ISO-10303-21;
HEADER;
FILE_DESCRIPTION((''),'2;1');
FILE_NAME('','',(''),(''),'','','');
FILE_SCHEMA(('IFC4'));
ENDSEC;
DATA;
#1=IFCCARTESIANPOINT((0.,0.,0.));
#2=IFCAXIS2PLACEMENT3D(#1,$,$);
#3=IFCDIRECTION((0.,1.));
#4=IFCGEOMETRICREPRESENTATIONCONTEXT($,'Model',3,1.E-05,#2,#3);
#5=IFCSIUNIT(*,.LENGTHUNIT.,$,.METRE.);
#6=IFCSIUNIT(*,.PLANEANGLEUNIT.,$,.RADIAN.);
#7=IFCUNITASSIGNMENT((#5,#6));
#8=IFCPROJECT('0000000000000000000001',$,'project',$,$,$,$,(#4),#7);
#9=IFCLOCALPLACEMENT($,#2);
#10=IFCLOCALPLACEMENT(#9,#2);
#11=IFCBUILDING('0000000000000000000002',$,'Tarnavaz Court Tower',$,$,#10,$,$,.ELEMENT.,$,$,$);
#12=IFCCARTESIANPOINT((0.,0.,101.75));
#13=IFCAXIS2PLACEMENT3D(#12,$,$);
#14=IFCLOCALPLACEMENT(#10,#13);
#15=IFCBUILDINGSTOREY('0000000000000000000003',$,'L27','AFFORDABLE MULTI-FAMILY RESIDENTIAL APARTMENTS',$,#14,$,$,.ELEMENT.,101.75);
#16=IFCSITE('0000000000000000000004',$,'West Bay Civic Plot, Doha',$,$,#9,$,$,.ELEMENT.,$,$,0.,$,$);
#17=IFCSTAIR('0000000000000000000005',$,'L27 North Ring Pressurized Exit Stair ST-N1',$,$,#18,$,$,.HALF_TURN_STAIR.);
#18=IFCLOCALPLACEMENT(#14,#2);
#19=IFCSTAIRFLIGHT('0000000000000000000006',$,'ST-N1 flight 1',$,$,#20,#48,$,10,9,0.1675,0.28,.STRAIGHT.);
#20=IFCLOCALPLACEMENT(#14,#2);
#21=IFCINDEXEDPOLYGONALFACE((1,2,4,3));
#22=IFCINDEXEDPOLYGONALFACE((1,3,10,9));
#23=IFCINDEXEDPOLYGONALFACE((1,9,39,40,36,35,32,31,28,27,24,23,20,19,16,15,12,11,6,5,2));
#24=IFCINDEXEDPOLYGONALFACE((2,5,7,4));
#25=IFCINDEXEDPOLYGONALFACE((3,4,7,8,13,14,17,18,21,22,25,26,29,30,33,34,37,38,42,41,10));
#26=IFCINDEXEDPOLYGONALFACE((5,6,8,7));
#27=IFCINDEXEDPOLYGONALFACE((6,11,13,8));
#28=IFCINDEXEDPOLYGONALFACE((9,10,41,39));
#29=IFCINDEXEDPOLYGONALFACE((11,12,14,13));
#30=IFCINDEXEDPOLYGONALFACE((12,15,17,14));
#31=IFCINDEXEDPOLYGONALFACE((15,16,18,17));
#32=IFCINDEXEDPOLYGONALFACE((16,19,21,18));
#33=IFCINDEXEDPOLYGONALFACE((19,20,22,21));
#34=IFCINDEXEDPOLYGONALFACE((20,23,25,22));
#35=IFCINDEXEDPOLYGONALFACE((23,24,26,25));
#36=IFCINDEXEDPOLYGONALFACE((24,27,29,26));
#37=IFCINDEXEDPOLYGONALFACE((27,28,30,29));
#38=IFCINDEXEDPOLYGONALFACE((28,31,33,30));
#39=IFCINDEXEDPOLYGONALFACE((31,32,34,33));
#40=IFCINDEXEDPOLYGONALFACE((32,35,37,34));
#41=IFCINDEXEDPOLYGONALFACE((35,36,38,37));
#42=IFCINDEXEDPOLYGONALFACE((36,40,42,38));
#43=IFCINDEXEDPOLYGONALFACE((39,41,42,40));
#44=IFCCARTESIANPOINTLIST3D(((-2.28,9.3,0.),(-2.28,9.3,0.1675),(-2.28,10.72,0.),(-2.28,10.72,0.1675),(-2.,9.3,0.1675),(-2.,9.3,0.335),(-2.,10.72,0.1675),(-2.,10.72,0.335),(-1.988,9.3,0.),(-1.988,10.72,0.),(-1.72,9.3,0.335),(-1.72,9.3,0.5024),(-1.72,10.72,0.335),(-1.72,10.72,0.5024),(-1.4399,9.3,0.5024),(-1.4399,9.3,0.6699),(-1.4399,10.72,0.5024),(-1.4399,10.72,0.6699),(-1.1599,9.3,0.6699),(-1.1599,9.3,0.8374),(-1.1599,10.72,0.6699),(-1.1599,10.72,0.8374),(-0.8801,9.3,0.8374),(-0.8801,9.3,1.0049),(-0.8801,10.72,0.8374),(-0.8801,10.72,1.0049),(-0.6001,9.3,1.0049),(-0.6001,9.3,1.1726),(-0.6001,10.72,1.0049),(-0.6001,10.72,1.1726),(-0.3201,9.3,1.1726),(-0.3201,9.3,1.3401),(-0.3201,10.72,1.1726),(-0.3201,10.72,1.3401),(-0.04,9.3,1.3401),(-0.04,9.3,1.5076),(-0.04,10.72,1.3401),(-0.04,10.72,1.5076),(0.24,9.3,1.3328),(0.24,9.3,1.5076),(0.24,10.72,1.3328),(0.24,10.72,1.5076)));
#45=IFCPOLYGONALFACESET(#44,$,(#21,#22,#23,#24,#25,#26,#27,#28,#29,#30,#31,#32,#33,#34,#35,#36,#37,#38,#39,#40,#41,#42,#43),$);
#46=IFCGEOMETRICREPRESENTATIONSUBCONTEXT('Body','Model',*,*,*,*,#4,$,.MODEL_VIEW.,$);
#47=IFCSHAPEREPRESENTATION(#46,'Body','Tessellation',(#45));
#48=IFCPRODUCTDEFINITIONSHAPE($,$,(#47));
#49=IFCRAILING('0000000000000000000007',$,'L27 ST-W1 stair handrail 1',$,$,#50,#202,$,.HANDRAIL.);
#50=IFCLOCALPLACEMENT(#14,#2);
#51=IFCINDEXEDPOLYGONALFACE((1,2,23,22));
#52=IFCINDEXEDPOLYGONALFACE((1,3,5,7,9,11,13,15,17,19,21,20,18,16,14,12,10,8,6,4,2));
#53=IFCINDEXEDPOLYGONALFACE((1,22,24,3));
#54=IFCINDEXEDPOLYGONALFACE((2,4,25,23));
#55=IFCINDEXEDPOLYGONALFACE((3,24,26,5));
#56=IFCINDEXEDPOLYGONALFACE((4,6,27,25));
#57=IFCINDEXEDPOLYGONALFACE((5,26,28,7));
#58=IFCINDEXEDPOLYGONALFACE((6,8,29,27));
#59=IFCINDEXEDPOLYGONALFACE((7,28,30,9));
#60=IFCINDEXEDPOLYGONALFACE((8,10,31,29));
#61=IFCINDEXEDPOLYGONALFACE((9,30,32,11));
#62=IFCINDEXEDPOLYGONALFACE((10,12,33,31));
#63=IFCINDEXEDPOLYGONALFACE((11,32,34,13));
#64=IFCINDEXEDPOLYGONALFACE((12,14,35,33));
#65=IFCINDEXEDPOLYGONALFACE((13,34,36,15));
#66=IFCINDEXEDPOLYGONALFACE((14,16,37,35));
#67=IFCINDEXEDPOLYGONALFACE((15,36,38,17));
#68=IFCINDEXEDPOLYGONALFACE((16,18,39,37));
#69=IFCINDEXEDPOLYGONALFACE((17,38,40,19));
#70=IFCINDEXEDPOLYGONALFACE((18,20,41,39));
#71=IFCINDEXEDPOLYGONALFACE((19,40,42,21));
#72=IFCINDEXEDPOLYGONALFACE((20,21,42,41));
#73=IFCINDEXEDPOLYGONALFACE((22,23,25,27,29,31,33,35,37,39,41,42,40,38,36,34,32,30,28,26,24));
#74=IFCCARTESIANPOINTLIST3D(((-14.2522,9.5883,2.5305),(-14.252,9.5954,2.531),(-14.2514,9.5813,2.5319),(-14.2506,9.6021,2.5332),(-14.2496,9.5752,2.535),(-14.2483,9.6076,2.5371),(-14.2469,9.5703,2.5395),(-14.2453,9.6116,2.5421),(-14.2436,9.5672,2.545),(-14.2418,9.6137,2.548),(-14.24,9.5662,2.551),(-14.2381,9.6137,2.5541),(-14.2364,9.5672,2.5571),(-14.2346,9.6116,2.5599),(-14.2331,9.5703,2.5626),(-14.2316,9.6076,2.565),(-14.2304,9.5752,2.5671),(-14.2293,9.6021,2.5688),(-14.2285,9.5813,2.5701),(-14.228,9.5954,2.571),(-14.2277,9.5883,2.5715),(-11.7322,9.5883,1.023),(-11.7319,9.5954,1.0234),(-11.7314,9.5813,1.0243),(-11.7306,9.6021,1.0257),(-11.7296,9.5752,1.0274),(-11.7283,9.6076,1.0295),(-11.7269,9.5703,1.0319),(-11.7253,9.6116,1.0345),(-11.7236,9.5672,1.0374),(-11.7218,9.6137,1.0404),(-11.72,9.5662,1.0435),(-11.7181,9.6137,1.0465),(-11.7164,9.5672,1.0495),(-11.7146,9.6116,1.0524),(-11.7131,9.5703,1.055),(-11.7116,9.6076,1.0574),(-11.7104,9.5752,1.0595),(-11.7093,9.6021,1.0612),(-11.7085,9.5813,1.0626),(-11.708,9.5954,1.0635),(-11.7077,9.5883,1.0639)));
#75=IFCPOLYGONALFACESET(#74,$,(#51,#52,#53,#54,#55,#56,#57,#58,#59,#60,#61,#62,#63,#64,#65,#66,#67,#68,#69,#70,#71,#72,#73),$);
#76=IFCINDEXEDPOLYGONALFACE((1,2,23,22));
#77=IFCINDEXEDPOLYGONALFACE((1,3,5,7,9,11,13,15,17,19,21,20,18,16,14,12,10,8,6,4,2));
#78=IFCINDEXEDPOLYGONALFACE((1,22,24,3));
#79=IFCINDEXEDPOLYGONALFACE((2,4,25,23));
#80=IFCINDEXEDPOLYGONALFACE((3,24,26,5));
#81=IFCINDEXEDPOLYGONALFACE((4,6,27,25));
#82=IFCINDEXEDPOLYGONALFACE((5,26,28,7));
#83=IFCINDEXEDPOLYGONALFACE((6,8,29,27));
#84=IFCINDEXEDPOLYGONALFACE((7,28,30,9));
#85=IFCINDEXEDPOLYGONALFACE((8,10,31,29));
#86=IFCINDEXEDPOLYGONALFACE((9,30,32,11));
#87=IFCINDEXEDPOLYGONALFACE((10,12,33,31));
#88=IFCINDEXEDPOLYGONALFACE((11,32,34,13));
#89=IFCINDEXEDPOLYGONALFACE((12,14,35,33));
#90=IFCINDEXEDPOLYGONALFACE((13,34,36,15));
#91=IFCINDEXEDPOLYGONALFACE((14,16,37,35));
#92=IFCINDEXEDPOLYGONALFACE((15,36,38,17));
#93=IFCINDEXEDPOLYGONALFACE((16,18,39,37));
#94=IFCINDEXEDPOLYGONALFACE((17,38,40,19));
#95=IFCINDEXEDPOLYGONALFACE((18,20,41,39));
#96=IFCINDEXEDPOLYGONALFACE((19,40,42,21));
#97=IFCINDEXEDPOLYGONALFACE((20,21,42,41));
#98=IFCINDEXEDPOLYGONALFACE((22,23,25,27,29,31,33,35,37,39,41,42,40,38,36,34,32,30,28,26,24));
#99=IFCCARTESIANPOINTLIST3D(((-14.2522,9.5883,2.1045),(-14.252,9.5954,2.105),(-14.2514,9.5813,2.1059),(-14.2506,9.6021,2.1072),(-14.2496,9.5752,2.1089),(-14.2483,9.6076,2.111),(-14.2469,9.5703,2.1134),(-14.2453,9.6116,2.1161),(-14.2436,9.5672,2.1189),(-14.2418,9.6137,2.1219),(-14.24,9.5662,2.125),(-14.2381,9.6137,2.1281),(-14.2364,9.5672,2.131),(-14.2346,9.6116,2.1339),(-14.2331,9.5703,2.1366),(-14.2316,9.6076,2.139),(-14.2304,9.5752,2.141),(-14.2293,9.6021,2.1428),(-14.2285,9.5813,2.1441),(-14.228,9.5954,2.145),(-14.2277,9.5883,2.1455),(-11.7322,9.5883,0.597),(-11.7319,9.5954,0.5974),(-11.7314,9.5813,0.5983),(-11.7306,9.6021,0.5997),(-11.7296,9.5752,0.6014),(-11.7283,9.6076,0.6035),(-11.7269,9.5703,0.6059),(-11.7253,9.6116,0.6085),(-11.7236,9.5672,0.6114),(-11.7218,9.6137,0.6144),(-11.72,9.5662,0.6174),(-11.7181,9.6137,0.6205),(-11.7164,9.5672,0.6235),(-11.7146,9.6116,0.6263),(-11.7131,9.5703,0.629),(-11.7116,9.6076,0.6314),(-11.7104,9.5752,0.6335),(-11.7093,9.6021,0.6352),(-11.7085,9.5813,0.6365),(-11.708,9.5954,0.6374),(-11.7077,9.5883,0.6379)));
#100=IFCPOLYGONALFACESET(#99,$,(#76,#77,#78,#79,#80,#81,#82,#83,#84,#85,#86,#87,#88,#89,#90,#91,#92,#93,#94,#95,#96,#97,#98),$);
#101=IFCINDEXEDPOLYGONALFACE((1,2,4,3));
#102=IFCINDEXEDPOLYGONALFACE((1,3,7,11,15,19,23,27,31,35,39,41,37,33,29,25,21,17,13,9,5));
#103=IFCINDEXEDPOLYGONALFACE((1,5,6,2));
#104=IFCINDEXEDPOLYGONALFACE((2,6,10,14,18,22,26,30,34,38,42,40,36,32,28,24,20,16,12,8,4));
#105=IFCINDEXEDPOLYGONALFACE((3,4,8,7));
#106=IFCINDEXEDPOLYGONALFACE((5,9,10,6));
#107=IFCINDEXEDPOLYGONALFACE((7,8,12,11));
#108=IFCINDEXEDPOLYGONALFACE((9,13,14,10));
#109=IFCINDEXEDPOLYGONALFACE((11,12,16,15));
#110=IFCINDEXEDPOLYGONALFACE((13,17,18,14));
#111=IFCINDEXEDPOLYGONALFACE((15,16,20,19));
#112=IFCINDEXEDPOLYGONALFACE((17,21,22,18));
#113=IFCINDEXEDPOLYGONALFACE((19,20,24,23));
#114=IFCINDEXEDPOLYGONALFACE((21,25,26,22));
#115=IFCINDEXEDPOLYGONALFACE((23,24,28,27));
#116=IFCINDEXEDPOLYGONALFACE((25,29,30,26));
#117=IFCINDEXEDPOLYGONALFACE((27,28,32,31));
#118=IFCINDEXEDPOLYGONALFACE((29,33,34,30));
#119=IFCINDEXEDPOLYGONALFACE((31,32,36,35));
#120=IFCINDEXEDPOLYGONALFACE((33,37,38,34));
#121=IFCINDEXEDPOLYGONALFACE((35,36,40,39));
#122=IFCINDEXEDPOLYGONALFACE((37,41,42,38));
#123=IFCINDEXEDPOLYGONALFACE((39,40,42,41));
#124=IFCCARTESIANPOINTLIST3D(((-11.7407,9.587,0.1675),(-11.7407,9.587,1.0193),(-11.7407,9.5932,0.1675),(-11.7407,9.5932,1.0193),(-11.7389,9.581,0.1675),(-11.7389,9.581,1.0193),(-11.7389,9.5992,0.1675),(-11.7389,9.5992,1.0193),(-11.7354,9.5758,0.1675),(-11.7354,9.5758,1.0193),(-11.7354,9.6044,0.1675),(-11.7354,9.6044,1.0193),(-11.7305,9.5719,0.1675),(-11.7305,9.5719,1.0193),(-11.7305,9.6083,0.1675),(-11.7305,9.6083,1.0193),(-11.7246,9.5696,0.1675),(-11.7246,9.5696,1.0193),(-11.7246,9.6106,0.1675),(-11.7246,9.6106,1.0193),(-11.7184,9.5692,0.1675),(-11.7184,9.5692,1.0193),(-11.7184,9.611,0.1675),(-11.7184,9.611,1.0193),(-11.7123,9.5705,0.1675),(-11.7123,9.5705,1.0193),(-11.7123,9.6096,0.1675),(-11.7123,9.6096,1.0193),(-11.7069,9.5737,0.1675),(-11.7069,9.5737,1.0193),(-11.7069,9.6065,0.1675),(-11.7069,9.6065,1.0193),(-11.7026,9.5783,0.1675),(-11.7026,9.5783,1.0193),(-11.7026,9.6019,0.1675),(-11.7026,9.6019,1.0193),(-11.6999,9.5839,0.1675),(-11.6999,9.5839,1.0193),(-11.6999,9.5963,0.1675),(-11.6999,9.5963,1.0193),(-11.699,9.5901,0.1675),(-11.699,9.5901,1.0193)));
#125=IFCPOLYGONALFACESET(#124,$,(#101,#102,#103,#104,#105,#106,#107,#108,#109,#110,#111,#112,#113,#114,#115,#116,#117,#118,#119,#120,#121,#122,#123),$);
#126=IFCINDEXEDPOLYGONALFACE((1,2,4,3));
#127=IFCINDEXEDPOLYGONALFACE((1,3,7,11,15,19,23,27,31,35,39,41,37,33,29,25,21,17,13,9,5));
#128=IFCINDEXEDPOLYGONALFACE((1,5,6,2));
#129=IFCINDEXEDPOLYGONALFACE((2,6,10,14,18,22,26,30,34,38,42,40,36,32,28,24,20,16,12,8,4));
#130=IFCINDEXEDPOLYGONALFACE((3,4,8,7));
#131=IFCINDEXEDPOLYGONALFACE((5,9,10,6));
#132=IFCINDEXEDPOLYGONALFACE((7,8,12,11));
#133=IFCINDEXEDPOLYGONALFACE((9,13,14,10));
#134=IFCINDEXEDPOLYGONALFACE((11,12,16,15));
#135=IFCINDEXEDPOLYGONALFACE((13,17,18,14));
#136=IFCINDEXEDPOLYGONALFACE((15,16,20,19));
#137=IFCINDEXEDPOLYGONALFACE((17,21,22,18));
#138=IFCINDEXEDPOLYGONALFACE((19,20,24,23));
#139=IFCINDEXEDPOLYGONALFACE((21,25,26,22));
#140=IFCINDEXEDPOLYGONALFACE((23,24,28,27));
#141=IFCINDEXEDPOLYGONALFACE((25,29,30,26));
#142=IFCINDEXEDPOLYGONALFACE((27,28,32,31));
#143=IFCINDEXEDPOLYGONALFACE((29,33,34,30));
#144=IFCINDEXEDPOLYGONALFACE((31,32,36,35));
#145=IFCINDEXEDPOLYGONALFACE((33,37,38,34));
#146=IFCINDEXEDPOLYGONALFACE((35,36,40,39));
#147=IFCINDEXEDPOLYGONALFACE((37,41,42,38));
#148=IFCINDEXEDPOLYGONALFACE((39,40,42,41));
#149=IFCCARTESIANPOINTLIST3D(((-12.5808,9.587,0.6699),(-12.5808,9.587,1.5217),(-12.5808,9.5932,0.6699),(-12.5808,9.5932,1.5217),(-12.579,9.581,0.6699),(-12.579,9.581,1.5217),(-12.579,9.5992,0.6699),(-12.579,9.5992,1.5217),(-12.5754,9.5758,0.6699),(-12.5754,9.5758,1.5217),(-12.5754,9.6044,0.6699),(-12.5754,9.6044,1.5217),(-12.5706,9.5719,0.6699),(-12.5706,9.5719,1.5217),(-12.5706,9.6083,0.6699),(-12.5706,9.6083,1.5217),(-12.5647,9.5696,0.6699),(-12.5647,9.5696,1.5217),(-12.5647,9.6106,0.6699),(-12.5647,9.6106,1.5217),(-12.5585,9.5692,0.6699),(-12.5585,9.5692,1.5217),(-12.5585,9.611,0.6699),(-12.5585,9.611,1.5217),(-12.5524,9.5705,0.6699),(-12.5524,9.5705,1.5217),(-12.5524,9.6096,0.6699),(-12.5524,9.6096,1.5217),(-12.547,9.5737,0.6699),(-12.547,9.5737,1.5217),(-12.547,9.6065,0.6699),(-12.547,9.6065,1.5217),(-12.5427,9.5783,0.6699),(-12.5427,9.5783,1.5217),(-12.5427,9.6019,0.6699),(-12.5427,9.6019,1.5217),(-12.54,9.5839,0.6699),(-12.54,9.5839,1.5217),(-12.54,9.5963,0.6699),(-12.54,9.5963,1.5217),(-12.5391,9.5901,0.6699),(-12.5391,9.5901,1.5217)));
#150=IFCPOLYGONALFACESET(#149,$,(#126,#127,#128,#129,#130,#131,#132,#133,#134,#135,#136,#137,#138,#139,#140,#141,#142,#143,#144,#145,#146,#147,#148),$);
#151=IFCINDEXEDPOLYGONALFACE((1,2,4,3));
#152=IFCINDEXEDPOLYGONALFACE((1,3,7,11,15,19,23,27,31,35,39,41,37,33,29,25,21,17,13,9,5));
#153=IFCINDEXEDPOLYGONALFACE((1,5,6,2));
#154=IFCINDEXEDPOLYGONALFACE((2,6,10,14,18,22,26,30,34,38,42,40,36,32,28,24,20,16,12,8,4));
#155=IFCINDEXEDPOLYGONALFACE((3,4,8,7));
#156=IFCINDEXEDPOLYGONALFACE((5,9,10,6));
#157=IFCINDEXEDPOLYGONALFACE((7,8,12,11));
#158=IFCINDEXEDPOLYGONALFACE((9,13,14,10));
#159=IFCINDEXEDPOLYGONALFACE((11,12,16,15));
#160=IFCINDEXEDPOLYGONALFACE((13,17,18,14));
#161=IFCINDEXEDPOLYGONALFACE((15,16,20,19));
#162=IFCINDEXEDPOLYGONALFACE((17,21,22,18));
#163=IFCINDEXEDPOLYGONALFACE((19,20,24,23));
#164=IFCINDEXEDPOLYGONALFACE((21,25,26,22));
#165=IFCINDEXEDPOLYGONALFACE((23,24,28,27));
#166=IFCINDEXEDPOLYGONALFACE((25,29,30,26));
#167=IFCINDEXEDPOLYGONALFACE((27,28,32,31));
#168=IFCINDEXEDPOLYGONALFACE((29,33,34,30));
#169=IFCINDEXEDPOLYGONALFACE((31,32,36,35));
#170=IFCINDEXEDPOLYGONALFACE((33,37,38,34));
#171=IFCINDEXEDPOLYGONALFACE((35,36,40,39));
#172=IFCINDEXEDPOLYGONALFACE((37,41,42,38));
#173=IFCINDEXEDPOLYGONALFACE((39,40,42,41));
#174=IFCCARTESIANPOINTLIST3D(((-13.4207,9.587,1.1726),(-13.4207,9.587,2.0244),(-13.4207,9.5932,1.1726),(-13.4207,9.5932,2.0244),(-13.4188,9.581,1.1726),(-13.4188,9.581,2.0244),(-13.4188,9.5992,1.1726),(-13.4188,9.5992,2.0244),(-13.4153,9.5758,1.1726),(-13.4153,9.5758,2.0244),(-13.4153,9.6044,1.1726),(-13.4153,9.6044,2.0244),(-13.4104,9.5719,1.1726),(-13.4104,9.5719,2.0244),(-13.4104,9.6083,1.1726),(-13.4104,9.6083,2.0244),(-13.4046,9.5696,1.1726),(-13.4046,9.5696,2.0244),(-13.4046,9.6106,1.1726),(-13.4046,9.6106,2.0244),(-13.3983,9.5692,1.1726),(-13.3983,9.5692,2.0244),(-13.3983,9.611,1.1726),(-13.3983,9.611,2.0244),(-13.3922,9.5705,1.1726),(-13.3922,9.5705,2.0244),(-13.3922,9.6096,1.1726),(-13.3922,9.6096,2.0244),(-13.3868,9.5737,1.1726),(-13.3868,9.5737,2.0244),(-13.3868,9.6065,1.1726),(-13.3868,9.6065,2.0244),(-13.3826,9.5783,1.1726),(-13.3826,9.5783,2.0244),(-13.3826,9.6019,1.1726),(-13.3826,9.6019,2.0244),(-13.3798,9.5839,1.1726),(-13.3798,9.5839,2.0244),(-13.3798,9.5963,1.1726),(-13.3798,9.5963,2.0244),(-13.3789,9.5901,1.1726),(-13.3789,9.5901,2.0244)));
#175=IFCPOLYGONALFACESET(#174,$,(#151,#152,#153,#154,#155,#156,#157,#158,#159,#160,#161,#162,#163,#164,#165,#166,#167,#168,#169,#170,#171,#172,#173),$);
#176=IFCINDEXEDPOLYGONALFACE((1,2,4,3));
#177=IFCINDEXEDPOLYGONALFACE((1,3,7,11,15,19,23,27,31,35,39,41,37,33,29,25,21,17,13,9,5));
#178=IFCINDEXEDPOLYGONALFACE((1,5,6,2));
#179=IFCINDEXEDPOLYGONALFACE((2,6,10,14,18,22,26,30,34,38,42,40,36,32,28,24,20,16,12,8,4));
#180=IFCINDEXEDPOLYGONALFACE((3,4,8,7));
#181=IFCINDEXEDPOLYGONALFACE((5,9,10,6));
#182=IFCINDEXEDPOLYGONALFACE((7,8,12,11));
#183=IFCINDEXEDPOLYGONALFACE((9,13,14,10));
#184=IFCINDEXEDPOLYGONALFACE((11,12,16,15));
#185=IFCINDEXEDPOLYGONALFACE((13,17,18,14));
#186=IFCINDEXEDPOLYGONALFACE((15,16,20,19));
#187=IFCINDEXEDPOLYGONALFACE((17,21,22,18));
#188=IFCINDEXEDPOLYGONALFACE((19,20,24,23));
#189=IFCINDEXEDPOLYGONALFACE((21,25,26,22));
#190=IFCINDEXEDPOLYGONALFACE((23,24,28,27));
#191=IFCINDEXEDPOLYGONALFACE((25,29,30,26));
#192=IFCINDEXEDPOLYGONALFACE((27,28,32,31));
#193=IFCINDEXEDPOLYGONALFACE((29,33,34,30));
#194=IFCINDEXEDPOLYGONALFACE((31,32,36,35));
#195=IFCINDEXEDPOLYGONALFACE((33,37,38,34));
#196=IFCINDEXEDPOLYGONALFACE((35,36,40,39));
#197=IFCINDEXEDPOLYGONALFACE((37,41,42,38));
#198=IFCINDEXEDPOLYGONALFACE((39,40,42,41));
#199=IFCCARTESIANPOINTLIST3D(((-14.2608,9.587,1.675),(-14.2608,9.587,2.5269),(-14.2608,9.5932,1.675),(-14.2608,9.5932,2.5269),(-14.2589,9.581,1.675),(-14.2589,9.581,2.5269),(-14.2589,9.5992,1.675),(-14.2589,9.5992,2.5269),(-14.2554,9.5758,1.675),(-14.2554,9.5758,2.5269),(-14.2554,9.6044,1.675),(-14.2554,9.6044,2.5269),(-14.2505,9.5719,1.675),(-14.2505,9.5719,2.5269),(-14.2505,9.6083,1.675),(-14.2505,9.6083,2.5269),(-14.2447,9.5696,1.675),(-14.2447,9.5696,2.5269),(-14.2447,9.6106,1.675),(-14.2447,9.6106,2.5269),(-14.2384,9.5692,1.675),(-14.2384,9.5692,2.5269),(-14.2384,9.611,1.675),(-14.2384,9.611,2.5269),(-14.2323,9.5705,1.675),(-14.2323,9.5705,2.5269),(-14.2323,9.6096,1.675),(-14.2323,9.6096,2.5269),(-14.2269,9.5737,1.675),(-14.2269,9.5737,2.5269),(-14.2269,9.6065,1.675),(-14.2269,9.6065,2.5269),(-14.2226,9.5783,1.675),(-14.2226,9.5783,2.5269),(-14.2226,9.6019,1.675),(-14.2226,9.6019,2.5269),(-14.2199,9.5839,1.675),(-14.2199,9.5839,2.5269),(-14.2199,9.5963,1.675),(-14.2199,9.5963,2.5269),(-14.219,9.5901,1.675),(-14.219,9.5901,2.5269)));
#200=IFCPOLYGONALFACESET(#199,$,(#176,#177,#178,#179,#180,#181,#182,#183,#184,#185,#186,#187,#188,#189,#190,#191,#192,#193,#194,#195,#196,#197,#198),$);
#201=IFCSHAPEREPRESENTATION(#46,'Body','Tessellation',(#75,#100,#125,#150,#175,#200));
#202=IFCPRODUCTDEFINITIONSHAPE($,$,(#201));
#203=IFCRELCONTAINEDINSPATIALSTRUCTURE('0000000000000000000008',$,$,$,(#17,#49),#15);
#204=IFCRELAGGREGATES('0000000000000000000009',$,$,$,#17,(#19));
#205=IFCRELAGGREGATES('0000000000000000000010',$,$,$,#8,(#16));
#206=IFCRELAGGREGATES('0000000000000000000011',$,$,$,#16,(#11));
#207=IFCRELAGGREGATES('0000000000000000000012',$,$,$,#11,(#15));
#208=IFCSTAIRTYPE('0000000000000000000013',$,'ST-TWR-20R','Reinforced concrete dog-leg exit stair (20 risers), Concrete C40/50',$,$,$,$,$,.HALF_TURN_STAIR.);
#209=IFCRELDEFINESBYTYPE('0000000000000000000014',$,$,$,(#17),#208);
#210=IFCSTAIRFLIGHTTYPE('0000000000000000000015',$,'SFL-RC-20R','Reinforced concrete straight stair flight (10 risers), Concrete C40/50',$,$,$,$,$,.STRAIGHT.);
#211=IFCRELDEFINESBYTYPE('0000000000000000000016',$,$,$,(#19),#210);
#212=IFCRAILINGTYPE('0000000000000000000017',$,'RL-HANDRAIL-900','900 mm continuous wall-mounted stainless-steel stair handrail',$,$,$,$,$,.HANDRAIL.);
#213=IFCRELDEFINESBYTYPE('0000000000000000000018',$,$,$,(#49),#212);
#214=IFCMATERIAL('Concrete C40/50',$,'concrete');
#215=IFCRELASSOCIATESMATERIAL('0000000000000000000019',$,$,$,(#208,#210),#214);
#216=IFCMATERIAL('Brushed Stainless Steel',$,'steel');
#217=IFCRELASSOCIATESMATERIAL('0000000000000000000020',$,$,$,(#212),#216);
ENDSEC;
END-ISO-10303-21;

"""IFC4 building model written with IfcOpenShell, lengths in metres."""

from ifc_helpers import new_model, si_unit, direction, frame, origin, origin_2d, place, context, subcontext, project, spatial, polyline, circle, outline, extrude, material, type_object, element, aggregate, save


model = new_model("IFC4")

# Units and contexts
model_context = context("Model", 3, precision=1e-05, world=origin(), true_north=direction((0.0, 1.0)))
body_context = subcontext(model_context, "Body", "Model", "MODEL_VIEW")
ifc_project = project(units=[si_unit("LENGTHUNIT", "METRE"), si_unit("PLANEANGLEUNIT", "RADIAN")], contexts=[model_context])

# Site, building, storey
site_placement = place(None, origin())
site = spatial("IfcSite", under=ifc_project, at=site_placement, Name="West Bay Civic Plot, Doha", CompositionType="ELEMENT", RefElevation=0.0)
building_placement = place(site_placement, origin())
building = spatial("IfcBuilding", under=site, at=building_placement, Name="Tarnavaz Court Tower", CompositionType="ELEMENT")
storey_placement = place(building_placement, frame((0.0, 0.0, 101.75)))
storey = spatial("IfcBuildingStorey", under=building, at=storey_placement, Name="L27", Description="AFFORDABLE MULTI-FAMILY RESIDENTIAL APARTMENTS", CompositionType="ELEMENT", Elevation=101.75)

# Stair, stair flight
ifc_material_1 = material(Name="Concrete C40/50", Category="concrete")
stair_type = type_object("IfcStairType", Name="ST-TWR-20R", Description="Reinforced concrete dog-leg exit stair (20 risers), Concrete C40/50", PredefinedType="HALF_TURN_STAIR", material=ifc_material_1)
stair_flight_type = type_object("IfcStairFlightType", Name="SFL-RC-20R", Description="Reinforced concrete straight stair flight (10 risers), Concrete C40/50", PredefinedType="STRAIGHT", material=ifc_material_1)
stair_1_placement = place(storey_placement, origin())
stair_1 = element("IfcStair", 1, at=stair_1_placement, inside=storey, type_object=stair_type, Name="L27 North Ring Pressurized Exit Stair ST-N1", PredefinedType="HALF_TURN_STAIR")
stair_flight_1_placement = place(storey_placement, frame((-2.28, 10.01, 0.0), z_axis=(0.0, 0.0, 1.0), x_axis=(1.0, 0.0, 0.0)))
stair_flight_1 = element("IfcStairFlight", 2, at=stair_flight_1_placement, type_object=stair_flight_type, Name="ST-N1 flight 1", NumberOfRisers=10, NumberOfTreads=9, PredefinedType="STRAIGHT", RiserHeight=0.1675, TreadLength=0.28, context=body_context, shape_type="SweptSolid", body=[
    extrude(outline(polyline([(0.0, 0.0), (0.0, 0.1675), (0.28, 0.1675), (0.28, 0.335), (0.5601, 0.335), (0.5601, 0.5024), (0.8401, 0.5024), (0.8401, 0.6699), (1.1201, 0.6699), (1.1201, 0.8374), (1.3999, 0.8374), (1.3999, 1.0049), (1.6799, 1.0049), (1.6799, 1.1726), (1.96, 1.1726), (1.96, 1.3401), (2.24, 1.3401), (2.24, 1.5076), (2.52, 1.5076), (2.52, 1.675), (2.52, 1.3328), (0.292, 0.0), (0.0, 0.0)])), frame((0.0, 0.71, 0.0), z_axis=(0.0, -1.0, 0.0), x_axis=(1.0, 0.0, 0.0)), (0.0, 0.0, 1.0), 1.4199),
])
aggregate(stair_1, [stair_flight_1])

# Railing
ifc_material_2 = material(Name="Brushed Stainless Steel", Category="steel")
railing_type_1 = type_object("IfcRailingType", Name="RL-HANDRAIL-900", Description="900 mm continuous wall-mounted stainless-steel stair handrail", PredefinedType="HANDRAIL", material=ifc_material_2)
railing_1_placement = place(storey_placement, frame((-11.72, 9.5901, 0.1675)))
element("IfcRailing", 3, at=railing_1_placement, inside=storey, type_object=railing_type_1, Name="L27 ST-W1 stair handrail 1", PredefinedType="HANDRAIL", context=body_context, shape_type="SweptSolid", body=[
    extrude(circle(Radius=0.0239, at=origin_2d()), frame((0.0, 0.0, 0.876), z_axis=(-0.85816, 0.0, 0.513383), x_axis=(0.0, -1.0, 0.0)), (0.0, 0.0, 1.0), 2.9365),
    extrude(circle(Radius=0.0239, at=origin_2d()), frame((0.0, 0.0, 0.45), z_axis=(-0.85816, 0.0, 0.513383), x_axis=(0.0, -1.0, 0.0)), (0.0, 0.0, 1.0), 2.9365),
    extrude(circle(Radius=0.021, at=origin_2d()), origin(), (0.0, 0.0, 1.0), 0.8518),
    extrude(circle(Radius=0.021, at=origin_2d()), frame((-0.8401, 0.0, 0.5024)), (0.0, 0.0, 1.0), 0.8518),
    extrude(circle(Radius=0.021, at=origin_2d()), frame((-1.6799, 0.0, 1.0051)), (0.0, 0.0, 1.0), 0.8518),
    extrude(circle(Radius=0.021, at=origin_2d()), frame((-2.52, 0.0, 1.5076)), (0.0, 0.0, 1.0), 0.8518),
])

save(model, "model.ifc")
